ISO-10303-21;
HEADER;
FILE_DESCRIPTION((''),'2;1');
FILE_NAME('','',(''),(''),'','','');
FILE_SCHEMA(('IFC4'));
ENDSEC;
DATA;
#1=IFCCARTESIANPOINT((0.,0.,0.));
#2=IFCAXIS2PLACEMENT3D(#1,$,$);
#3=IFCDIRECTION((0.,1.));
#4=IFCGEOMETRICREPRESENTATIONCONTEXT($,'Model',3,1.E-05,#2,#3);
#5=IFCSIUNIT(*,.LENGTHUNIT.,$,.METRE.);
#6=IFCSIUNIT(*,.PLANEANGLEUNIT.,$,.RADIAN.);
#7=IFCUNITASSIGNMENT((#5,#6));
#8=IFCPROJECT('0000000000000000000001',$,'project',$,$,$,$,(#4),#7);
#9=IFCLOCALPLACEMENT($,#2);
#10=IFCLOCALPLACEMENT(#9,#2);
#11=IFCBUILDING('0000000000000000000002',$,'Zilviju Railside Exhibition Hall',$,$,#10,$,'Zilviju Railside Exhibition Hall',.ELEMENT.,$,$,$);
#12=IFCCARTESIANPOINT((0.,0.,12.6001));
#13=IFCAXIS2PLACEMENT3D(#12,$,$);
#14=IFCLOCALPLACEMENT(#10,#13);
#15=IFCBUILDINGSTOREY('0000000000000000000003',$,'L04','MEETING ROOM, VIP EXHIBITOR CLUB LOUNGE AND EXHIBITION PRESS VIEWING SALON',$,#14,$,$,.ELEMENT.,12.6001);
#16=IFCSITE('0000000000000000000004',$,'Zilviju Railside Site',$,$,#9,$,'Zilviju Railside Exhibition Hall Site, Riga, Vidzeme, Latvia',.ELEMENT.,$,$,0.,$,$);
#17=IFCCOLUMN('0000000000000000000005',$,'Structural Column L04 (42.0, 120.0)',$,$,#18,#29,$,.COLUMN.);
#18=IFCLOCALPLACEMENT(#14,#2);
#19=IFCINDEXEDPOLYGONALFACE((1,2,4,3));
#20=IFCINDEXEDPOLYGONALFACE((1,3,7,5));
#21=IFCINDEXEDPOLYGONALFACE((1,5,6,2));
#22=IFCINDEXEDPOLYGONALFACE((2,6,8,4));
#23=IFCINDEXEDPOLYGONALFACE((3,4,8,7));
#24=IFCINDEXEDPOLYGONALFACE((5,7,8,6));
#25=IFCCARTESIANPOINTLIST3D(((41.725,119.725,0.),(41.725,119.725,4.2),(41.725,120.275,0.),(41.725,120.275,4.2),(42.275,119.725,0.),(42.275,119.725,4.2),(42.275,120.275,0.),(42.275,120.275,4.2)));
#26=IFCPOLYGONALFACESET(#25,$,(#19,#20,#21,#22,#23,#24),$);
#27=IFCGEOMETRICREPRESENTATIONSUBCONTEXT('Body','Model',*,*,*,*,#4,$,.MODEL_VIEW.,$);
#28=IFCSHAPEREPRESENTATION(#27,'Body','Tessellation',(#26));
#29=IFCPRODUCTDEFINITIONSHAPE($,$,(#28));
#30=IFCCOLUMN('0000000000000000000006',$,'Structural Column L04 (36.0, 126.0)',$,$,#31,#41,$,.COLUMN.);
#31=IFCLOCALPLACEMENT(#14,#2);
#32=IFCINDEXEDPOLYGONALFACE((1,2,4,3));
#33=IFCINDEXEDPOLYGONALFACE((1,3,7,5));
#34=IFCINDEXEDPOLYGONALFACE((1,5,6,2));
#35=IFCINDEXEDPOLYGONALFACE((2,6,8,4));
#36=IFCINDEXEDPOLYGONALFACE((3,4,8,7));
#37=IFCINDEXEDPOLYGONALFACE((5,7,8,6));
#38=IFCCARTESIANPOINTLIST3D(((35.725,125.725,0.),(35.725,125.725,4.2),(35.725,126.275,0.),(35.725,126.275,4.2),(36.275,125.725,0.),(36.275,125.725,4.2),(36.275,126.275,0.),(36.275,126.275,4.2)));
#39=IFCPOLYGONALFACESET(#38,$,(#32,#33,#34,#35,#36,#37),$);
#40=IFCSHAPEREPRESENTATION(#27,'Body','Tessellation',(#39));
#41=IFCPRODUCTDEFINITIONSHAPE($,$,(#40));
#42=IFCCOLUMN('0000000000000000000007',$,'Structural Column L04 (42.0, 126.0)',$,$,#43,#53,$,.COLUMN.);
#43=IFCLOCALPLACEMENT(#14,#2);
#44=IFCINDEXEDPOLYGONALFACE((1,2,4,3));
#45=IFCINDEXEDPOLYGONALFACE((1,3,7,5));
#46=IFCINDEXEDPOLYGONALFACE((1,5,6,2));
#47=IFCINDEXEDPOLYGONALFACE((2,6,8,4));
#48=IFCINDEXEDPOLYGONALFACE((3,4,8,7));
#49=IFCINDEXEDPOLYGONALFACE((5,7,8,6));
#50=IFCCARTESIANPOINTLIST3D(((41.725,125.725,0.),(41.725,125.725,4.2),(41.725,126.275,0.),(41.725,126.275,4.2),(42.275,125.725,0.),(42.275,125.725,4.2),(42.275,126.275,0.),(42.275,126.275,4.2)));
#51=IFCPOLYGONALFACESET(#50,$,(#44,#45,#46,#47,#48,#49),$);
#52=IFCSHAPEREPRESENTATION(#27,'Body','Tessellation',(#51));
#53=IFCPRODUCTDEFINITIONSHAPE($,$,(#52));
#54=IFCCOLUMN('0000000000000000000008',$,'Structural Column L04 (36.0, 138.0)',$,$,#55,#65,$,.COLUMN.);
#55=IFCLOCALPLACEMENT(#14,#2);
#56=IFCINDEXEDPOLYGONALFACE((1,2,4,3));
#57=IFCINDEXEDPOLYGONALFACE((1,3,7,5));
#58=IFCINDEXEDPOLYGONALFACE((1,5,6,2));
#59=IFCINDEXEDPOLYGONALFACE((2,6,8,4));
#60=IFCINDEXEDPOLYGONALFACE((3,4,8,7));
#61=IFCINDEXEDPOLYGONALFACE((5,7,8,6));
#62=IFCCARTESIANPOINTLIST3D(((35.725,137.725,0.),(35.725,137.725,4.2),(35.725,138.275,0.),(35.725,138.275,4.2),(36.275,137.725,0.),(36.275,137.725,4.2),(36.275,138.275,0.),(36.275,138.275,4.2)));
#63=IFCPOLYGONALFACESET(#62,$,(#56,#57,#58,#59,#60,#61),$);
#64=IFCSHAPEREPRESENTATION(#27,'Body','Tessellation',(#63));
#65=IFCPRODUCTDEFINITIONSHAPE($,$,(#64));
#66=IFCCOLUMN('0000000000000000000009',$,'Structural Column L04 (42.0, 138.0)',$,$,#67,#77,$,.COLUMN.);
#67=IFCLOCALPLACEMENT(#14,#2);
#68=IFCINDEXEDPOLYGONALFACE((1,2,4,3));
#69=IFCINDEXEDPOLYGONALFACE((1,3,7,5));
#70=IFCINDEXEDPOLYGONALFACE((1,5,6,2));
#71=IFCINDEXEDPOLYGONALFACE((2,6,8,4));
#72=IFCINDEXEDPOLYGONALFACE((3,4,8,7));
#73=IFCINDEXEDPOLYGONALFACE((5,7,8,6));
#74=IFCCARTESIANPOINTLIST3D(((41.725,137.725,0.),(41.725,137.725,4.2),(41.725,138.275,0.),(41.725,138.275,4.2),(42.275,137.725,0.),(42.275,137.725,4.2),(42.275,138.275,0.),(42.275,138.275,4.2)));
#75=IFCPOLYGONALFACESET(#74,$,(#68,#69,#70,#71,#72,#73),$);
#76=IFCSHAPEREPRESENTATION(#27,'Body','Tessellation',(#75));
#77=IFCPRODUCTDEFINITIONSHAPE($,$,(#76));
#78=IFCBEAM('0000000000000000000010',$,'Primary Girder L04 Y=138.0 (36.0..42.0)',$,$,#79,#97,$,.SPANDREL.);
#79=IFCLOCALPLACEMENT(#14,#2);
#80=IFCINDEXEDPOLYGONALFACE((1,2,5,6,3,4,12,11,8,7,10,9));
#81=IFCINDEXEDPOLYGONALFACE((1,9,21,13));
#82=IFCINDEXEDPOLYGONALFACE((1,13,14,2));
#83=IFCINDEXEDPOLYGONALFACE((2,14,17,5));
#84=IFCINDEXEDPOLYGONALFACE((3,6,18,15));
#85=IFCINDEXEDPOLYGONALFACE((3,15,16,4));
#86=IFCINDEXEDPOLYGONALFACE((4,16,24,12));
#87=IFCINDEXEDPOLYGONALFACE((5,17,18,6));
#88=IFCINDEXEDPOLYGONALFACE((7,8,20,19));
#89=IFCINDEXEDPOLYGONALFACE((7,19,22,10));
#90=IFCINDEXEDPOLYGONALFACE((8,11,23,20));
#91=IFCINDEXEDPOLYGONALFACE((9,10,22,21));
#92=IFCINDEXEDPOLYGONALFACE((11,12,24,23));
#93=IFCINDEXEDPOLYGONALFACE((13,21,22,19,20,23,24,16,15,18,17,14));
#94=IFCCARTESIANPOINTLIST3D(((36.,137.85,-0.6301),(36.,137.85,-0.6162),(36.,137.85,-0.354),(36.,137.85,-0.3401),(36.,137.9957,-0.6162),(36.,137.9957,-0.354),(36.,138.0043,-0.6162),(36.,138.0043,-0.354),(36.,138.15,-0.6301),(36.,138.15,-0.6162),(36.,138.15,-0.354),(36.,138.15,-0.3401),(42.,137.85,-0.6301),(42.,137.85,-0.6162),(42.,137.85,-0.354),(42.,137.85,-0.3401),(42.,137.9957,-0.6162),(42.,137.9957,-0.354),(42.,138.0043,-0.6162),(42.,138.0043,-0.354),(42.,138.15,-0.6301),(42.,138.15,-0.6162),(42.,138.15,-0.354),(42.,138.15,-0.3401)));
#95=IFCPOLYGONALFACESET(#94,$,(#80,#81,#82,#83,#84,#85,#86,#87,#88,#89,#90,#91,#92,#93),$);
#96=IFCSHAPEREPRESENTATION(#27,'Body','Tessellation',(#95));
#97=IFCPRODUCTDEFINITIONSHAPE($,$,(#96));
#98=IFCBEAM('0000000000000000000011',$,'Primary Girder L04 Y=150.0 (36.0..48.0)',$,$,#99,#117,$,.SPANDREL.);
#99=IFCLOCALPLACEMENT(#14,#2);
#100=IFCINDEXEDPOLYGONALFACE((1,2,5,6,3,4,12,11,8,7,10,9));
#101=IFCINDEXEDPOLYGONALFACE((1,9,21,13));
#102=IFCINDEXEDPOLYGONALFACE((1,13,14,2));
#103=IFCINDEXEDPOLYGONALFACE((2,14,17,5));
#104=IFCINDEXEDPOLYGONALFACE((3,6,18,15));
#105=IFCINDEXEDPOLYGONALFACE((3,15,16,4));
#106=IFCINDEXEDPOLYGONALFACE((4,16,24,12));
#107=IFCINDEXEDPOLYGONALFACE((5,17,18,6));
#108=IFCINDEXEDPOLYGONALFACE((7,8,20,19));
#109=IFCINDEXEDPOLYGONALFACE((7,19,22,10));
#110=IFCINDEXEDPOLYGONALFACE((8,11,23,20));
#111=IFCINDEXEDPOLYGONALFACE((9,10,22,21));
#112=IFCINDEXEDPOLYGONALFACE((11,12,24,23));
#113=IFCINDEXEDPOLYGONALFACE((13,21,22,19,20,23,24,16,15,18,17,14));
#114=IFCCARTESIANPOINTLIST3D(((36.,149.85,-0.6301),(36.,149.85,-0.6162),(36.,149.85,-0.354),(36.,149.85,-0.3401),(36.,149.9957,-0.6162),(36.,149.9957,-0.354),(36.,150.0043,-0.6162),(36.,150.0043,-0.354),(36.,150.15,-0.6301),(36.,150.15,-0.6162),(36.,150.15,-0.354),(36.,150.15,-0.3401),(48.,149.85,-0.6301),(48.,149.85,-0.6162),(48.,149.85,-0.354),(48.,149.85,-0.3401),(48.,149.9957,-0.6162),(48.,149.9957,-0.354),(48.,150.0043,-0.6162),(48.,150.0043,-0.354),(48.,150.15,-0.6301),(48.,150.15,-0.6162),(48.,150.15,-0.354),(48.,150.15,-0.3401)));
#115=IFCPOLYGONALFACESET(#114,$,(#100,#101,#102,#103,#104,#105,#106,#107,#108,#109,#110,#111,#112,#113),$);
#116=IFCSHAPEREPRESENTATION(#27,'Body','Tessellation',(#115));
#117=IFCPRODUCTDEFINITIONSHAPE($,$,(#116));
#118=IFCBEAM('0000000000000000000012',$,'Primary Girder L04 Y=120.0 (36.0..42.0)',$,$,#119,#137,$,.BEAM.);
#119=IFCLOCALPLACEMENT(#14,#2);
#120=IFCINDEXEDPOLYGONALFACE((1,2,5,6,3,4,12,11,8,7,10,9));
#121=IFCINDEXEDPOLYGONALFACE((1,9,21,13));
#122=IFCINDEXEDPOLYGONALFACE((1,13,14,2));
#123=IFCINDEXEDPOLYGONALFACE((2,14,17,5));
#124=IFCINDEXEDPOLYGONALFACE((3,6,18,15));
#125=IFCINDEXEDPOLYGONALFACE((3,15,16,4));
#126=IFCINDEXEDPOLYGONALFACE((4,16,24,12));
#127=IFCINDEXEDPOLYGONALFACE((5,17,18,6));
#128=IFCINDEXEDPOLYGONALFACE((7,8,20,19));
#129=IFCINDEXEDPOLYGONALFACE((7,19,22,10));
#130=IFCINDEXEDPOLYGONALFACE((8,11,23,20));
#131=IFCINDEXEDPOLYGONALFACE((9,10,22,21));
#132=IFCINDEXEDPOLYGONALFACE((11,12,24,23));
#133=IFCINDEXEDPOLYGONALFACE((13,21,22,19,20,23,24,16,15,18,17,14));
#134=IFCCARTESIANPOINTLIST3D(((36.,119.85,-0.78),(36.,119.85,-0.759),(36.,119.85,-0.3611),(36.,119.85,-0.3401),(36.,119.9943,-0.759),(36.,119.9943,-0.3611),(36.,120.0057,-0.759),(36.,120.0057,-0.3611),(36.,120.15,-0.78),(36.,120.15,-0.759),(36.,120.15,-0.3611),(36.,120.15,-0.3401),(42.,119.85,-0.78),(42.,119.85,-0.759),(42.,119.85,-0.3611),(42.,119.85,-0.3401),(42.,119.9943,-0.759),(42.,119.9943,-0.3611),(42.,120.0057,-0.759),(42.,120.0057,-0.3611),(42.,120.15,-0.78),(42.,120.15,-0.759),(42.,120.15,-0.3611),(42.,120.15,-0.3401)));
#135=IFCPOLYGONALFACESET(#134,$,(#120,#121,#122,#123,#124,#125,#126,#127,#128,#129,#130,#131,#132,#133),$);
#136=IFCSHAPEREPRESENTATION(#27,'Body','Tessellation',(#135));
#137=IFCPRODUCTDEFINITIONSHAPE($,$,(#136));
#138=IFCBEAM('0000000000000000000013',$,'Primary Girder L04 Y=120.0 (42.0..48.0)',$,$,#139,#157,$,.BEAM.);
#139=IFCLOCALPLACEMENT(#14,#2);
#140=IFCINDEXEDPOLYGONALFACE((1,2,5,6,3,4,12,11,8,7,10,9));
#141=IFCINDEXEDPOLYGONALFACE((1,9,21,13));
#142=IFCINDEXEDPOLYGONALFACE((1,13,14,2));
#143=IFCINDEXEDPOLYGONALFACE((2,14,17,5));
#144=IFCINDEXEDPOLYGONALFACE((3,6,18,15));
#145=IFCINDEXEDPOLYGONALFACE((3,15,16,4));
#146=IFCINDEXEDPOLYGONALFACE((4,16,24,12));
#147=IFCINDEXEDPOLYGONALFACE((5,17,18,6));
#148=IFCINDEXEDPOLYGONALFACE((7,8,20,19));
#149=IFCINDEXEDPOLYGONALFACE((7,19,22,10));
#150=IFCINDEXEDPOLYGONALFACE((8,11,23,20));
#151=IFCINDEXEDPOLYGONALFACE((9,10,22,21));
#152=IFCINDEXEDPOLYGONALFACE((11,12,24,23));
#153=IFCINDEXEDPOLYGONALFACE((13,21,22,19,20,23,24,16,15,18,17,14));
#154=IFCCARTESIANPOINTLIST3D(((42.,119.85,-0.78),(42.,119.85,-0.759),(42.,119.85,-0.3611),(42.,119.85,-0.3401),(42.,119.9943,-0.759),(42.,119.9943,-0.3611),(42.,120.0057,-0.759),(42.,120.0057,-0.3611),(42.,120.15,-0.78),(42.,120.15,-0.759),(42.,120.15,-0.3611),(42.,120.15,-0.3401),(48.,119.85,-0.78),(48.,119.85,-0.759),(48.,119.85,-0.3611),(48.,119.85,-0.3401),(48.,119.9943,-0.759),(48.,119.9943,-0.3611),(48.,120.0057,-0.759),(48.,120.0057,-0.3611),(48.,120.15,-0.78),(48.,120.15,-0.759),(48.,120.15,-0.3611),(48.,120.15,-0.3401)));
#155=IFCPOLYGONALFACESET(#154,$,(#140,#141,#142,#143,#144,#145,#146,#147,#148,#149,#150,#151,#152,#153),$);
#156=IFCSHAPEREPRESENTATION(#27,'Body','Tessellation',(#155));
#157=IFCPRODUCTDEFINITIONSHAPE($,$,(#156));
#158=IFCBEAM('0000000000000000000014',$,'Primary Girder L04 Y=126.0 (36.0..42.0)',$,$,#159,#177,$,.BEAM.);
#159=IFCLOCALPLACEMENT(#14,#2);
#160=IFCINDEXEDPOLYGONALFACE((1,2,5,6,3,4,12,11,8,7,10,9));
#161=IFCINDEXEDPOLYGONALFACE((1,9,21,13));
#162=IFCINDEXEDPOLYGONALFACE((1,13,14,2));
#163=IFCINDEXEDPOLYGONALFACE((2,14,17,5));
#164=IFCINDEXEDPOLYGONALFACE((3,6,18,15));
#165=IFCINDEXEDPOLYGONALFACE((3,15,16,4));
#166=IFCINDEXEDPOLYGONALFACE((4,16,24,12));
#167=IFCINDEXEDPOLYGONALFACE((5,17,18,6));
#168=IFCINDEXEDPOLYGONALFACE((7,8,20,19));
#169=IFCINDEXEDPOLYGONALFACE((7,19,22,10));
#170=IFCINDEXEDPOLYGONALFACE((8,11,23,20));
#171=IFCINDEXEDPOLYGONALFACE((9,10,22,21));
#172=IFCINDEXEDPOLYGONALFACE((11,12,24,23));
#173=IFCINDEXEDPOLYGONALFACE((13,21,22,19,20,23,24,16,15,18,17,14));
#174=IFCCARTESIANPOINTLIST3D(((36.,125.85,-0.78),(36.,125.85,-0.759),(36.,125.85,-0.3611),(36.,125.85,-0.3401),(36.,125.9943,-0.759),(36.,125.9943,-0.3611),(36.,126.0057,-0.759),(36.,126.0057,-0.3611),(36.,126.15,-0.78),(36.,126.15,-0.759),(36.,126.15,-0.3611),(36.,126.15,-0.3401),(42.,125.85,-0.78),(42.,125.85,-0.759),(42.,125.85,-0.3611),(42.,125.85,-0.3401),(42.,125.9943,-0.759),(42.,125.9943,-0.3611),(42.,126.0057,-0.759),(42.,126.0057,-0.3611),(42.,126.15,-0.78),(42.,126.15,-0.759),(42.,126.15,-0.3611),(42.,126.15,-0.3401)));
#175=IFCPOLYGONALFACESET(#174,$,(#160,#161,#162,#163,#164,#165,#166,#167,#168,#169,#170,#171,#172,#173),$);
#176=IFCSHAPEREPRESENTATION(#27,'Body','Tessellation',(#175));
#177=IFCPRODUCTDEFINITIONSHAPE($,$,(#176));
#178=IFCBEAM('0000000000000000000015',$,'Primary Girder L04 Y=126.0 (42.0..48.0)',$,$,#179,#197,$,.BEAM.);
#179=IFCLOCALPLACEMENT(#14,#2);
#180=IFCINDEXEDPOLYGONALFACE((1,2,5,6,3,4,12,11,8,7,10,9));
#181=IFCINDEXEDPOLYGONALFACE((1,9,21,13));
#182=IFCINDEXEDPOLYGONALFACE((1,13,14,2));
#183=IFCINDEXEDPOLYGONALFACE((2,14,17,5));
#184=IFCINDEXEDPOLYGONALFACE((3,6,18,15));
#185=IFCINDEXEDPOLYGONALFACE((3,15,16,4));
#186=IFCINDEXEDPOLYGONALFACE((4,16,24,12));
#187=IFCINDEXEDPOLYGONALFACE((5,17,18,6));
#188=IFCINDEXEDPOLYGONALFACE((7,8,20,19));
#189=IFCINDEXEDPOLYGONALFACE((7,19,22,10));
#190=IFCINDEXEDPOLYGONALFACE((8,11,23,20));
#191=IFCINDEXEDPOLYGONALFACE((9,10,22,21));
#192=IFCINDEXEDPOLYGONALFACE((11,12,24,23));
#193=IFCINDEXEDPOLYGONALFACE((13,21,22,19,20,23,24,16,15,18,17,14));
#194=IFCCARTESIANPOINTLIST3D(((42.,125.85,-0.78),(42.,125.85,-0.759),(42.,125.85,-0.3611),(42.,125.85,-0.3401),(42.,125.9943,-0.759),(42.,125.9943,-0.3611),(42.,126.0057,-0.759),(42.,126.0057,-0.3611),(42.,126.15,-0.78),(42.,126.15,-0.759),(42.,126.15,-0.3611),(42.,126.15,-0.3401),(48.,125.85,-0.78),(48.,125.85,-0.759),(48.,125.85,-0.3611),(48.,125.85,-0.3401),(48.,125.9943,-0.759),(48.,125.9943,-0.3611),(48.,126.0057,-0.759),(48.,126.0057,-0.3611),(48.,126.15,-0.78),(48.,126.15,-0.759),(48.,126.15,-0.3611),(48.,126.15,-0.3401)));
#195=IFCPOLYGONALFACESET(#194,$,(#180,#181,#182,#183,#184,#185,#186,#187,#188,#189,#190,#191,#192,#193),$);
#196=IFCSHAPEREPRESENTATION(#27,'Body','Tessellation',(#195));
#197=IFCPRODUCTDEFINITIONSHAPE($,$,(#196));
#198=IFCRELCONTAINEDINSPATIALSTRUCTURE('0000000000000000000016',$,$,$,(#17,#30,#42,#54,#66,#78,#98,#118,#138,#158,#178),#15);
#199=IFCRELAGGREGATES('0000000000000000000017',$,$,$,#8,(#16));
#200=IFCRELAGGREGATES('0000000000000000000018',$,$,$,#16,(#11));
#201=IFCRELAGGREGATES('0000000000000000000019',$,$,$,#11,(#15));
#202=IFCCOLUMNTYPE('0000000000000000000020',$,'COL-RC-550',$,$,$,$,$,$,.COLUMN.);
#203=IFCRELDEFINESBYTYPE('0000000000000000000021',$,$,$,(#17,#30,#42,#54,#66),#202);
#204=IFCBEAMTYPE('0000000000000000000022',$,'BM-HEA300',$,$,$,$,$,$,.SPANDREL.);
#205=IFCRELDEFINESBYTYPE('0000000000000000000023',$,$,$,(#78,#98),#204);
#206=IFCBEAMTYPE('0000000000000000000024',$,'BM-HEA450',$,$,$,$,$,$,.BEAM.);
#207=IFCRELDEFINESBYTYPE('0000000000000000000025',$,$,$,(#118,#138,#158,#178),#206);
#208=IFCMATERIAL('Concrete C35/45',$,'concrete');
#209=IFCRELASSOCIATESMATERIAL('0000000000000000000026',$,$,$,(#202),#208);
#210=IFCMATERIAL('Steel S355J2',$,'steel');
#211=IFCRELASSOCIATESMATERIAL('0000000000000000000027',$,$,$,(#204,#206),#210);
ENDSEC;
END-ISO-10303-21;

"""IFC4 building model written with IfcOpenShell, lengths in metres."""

from ifc_helpers import new_model, si_unit, direction, frame, origin, origin_2d, place, context, subcontext, project, spatial, rectangle, i_section, extrude, material, material_profile, profile_set, type_object, element, save


model = new_model("IFC4")

# Units and contexts
model_context = context("Model", 3, precision=1e-05, world=origin(), true_north=direction((0.0, 1.0)))
body_context = subcontext(model_context, "Body", "Model", "MODEL_VIEW")
ifc_project = project(units=[si_unit("LENGTHUNIT", "METRE"), si_unit("PLANEANGLEUNIT", "RADIAN")], contexts=[model_context])

# Site, building, storey
site_placement = place(None, origin())
site = spatial("IfcSite", under=ifc_project, at=site_placement, Name="Zilviju Railside Site", LongName="Zilviju Railside Exhibition Hall Site, Riga, Vidzeme, Latvia", CompositionType="ELEMENT", RefElevation=0.0)
building_placement = place(site_placement, origin())
building = spatial("IfcBuilding", under=site, at=building_placement, Name="Zilviju Railside Exhibition Hall", LongName="Zilviju Railside Exhibition Hall", CompositionType="ELEMENT")
storey_placement = place(building_placement, frame((0.0, 0.0, 12.6001)))
storey = spatial("IfcBuildingStorey", under=building, at=storey_placement, Name="L04", Description="MEETING ROOM, VIP EXHIBITOR CLUB LOUNGE AND EXHIBITION PRESS VIEWING SALON", CompositionType="ELEMENT", Elevation=12.6001)

# Columns
ifc_material_1 = material(Name="Concrete C35/45", Category="concrete")
ifc_material_profile_1 = material_profile(ifc_material_1, rectangle(XDim=0.55, YDim=0.55, at=origin_2d()), Name="RC COL 550x550")
ifc_profile_set_1 = profile_set([ifc_material_profile_1], Name="Concrete C35/45")
column_type = type_object("IfcColumnType", Name="COL-RC-550", PredefinedType="COLUMN", material=ifc_profile_set_1)
for number, where, z_axis, x_axis, name in (
    (1, (42.0, 120.0, 0.0), (0.0, 0.0, 1.0), (1.0, 0.0, 0.0), "Structural Column L04 (42.0, 120.0)"),
    (2, (36.0, 126.0, 0.0), (0.0, 0.0, 1.0), (1.0, 0.0, 0.0), "Structural Column L04 (36.0, 126.0)"),
    (3, (42.0, 126.0, 0.0), (0.0, 0.0, 1.0), (1.0, 0.0, 0.0), "Structural Column L04 (42.0, 126.0)"),
    (4, (36.0, 138.0, 0.0), (0.0, 0.0, 1.0), (1.0, 0.0, 0.0), "Structural Column L04 (36.0, 138.0)"),
    (5, (42.0, 138.0, 0.0), (0.0, 0.0, 1.0), (1.0, 0.0, 0.0), "Structural Column L04 (42.0, 138.0)"),
):
    element("IfcColumn", number, at=place(storey_placement, frame(where, z_axis=z_axis, x_axis=x_axis)), inside=storey, type_object=column_type, Name=name, PredefinedType="COLUMN", context=body_context, shape_type="SweptSolid", body=[
        extrude(rectangle(XDim=0.55, YDim=0.55, at=origin_2d()), origin(), (0.0, 0.0, 1.0), 4.2),
    ])

# Beams
ifc_material_2 = material(Name="Steel S355J2", Category="steel")
ifc_material_profile_2 = material_profile(ifc_material_2, i_section(OverallWidth=0.3, OverallDepth=0.29, WebThickness=0.0085, FlangeThickness=0.0139, at=origin_2d()), Name="HEA 300")
ifc_profile_set_2 = profile_set([ifc_material_profile_2], Name="Steel S355J2")
beam_type_1 = type_object("IfcBeamType", Name="BM-HEA300", PredefinedType="SPANDREL", material=ifc_profile_set_2)
beam_1_placement = place(storey_placement, frame((36.0, 138.0, -0.4851), z_axis=(1.0, 0.0, 0.0), x_axis=(0.0, 1.0, 0.0)))
element("IfcBeam", 6, at=beam_1_placement, inside=storey, type_object=beam_type_1, Name="Primary Girder L04 Y=138.0 (36.0..42.0)", PredefinedType="SPANDREL", context=body_context, shape_type="SweptSolid", body=[
    extrude(i_section(OverallWidth=0.3, OverallDepth=0.29, WebThickness=0.0085, FlangeThickness=0.0139, at=origin_2d()), origin(), (0.0, 0.0, 1.0), 6.0),
])
beam_2_placement = place(storey_placement, frame((36.0, 150.0, -0.4851), z_axis=(1.0, 0.0, 0.0), x_axis=(0.0, 1.0, 0.0)))
element("IfcBeam", 7, at=beam_2_placement, inside=storey, type_object=beam_type_1, Name="Primary Girder L04 Y=150.0 (36.0..48.0)", PredefinedType="SPANDREL", context=body_context, shape_type="SweptSolid", body=[
    extrude(i_section(OverallWidth=0.3, OverallDepth=0.29, WebThickness=0.0085, FlangeThickness=0.0139, at=origin_2d()), origin(), (0.0, 0.0, 1.0), 12.0),
])
ifc_material_profile_3 = material_profile(ifc_material_2, i_section(OverallWidth=0.3, OverallDepth=0.4399, WebThickness=0.0115, FlangeThickness=0.021, at=origin_2d()), Name="HEA 450")
ifc_profile_set_3 = profile_set([ifc_material_profile_3], Name="Steel S355J2")
beam_type_2 = type_object("IfcBeamType", Name="BM-HEA450", PredefinedType="BEAM", material=ifc_profile_set_3)
for number, where, z_axis, x_axis, name in (
    (8, (36.0, 120.0, -0.5601), (1.0, 0.0, 0.0), (0.0, 1.0, 0.0), "Primary Girder L04 Y=120.0 (36.0..42.0)"),
    (9, (42.0, 120.0, -0.5601), (1.0, 0.0, 0.0), (0.0, 1.0, 0.0), "Primary Girder L04 Y=120.0 (42.0..48.0)"),
    (10, (36.0, 126.0, -0.5601), (1.0, 0.0, 0.0), (0.0, 1.0, 0.0), "Primary Girder L04 Y=126.0 (36.0..42.0)"),
    (11, (42.0, 126.0, -0.5601), (1.0, 0.0, 0.0), (0.0, 1.0, 0.0), "Primary Girder L04 Y=126.0 (42.0..48.0)"),
):
    element("IfcBeam", number, at=place(storey_placement, frame(where, z_axis=z_axis, x_axis=x_axis)), inside=storey, type_object=beam_type_2, Name=name, PredefinedType="BEAM", context=body_context, shape_type="SweptSolid", body=[
        extrude(i_section(OverallWidth=0.3, OverallDepth=0.4399, WebThickness=0.0115, FlangeThickness=0.021, at=origin_2d()), origin(), (0.0, 0.0, 1.0), 6.0),
    ])

save(model, "model.ifc")
